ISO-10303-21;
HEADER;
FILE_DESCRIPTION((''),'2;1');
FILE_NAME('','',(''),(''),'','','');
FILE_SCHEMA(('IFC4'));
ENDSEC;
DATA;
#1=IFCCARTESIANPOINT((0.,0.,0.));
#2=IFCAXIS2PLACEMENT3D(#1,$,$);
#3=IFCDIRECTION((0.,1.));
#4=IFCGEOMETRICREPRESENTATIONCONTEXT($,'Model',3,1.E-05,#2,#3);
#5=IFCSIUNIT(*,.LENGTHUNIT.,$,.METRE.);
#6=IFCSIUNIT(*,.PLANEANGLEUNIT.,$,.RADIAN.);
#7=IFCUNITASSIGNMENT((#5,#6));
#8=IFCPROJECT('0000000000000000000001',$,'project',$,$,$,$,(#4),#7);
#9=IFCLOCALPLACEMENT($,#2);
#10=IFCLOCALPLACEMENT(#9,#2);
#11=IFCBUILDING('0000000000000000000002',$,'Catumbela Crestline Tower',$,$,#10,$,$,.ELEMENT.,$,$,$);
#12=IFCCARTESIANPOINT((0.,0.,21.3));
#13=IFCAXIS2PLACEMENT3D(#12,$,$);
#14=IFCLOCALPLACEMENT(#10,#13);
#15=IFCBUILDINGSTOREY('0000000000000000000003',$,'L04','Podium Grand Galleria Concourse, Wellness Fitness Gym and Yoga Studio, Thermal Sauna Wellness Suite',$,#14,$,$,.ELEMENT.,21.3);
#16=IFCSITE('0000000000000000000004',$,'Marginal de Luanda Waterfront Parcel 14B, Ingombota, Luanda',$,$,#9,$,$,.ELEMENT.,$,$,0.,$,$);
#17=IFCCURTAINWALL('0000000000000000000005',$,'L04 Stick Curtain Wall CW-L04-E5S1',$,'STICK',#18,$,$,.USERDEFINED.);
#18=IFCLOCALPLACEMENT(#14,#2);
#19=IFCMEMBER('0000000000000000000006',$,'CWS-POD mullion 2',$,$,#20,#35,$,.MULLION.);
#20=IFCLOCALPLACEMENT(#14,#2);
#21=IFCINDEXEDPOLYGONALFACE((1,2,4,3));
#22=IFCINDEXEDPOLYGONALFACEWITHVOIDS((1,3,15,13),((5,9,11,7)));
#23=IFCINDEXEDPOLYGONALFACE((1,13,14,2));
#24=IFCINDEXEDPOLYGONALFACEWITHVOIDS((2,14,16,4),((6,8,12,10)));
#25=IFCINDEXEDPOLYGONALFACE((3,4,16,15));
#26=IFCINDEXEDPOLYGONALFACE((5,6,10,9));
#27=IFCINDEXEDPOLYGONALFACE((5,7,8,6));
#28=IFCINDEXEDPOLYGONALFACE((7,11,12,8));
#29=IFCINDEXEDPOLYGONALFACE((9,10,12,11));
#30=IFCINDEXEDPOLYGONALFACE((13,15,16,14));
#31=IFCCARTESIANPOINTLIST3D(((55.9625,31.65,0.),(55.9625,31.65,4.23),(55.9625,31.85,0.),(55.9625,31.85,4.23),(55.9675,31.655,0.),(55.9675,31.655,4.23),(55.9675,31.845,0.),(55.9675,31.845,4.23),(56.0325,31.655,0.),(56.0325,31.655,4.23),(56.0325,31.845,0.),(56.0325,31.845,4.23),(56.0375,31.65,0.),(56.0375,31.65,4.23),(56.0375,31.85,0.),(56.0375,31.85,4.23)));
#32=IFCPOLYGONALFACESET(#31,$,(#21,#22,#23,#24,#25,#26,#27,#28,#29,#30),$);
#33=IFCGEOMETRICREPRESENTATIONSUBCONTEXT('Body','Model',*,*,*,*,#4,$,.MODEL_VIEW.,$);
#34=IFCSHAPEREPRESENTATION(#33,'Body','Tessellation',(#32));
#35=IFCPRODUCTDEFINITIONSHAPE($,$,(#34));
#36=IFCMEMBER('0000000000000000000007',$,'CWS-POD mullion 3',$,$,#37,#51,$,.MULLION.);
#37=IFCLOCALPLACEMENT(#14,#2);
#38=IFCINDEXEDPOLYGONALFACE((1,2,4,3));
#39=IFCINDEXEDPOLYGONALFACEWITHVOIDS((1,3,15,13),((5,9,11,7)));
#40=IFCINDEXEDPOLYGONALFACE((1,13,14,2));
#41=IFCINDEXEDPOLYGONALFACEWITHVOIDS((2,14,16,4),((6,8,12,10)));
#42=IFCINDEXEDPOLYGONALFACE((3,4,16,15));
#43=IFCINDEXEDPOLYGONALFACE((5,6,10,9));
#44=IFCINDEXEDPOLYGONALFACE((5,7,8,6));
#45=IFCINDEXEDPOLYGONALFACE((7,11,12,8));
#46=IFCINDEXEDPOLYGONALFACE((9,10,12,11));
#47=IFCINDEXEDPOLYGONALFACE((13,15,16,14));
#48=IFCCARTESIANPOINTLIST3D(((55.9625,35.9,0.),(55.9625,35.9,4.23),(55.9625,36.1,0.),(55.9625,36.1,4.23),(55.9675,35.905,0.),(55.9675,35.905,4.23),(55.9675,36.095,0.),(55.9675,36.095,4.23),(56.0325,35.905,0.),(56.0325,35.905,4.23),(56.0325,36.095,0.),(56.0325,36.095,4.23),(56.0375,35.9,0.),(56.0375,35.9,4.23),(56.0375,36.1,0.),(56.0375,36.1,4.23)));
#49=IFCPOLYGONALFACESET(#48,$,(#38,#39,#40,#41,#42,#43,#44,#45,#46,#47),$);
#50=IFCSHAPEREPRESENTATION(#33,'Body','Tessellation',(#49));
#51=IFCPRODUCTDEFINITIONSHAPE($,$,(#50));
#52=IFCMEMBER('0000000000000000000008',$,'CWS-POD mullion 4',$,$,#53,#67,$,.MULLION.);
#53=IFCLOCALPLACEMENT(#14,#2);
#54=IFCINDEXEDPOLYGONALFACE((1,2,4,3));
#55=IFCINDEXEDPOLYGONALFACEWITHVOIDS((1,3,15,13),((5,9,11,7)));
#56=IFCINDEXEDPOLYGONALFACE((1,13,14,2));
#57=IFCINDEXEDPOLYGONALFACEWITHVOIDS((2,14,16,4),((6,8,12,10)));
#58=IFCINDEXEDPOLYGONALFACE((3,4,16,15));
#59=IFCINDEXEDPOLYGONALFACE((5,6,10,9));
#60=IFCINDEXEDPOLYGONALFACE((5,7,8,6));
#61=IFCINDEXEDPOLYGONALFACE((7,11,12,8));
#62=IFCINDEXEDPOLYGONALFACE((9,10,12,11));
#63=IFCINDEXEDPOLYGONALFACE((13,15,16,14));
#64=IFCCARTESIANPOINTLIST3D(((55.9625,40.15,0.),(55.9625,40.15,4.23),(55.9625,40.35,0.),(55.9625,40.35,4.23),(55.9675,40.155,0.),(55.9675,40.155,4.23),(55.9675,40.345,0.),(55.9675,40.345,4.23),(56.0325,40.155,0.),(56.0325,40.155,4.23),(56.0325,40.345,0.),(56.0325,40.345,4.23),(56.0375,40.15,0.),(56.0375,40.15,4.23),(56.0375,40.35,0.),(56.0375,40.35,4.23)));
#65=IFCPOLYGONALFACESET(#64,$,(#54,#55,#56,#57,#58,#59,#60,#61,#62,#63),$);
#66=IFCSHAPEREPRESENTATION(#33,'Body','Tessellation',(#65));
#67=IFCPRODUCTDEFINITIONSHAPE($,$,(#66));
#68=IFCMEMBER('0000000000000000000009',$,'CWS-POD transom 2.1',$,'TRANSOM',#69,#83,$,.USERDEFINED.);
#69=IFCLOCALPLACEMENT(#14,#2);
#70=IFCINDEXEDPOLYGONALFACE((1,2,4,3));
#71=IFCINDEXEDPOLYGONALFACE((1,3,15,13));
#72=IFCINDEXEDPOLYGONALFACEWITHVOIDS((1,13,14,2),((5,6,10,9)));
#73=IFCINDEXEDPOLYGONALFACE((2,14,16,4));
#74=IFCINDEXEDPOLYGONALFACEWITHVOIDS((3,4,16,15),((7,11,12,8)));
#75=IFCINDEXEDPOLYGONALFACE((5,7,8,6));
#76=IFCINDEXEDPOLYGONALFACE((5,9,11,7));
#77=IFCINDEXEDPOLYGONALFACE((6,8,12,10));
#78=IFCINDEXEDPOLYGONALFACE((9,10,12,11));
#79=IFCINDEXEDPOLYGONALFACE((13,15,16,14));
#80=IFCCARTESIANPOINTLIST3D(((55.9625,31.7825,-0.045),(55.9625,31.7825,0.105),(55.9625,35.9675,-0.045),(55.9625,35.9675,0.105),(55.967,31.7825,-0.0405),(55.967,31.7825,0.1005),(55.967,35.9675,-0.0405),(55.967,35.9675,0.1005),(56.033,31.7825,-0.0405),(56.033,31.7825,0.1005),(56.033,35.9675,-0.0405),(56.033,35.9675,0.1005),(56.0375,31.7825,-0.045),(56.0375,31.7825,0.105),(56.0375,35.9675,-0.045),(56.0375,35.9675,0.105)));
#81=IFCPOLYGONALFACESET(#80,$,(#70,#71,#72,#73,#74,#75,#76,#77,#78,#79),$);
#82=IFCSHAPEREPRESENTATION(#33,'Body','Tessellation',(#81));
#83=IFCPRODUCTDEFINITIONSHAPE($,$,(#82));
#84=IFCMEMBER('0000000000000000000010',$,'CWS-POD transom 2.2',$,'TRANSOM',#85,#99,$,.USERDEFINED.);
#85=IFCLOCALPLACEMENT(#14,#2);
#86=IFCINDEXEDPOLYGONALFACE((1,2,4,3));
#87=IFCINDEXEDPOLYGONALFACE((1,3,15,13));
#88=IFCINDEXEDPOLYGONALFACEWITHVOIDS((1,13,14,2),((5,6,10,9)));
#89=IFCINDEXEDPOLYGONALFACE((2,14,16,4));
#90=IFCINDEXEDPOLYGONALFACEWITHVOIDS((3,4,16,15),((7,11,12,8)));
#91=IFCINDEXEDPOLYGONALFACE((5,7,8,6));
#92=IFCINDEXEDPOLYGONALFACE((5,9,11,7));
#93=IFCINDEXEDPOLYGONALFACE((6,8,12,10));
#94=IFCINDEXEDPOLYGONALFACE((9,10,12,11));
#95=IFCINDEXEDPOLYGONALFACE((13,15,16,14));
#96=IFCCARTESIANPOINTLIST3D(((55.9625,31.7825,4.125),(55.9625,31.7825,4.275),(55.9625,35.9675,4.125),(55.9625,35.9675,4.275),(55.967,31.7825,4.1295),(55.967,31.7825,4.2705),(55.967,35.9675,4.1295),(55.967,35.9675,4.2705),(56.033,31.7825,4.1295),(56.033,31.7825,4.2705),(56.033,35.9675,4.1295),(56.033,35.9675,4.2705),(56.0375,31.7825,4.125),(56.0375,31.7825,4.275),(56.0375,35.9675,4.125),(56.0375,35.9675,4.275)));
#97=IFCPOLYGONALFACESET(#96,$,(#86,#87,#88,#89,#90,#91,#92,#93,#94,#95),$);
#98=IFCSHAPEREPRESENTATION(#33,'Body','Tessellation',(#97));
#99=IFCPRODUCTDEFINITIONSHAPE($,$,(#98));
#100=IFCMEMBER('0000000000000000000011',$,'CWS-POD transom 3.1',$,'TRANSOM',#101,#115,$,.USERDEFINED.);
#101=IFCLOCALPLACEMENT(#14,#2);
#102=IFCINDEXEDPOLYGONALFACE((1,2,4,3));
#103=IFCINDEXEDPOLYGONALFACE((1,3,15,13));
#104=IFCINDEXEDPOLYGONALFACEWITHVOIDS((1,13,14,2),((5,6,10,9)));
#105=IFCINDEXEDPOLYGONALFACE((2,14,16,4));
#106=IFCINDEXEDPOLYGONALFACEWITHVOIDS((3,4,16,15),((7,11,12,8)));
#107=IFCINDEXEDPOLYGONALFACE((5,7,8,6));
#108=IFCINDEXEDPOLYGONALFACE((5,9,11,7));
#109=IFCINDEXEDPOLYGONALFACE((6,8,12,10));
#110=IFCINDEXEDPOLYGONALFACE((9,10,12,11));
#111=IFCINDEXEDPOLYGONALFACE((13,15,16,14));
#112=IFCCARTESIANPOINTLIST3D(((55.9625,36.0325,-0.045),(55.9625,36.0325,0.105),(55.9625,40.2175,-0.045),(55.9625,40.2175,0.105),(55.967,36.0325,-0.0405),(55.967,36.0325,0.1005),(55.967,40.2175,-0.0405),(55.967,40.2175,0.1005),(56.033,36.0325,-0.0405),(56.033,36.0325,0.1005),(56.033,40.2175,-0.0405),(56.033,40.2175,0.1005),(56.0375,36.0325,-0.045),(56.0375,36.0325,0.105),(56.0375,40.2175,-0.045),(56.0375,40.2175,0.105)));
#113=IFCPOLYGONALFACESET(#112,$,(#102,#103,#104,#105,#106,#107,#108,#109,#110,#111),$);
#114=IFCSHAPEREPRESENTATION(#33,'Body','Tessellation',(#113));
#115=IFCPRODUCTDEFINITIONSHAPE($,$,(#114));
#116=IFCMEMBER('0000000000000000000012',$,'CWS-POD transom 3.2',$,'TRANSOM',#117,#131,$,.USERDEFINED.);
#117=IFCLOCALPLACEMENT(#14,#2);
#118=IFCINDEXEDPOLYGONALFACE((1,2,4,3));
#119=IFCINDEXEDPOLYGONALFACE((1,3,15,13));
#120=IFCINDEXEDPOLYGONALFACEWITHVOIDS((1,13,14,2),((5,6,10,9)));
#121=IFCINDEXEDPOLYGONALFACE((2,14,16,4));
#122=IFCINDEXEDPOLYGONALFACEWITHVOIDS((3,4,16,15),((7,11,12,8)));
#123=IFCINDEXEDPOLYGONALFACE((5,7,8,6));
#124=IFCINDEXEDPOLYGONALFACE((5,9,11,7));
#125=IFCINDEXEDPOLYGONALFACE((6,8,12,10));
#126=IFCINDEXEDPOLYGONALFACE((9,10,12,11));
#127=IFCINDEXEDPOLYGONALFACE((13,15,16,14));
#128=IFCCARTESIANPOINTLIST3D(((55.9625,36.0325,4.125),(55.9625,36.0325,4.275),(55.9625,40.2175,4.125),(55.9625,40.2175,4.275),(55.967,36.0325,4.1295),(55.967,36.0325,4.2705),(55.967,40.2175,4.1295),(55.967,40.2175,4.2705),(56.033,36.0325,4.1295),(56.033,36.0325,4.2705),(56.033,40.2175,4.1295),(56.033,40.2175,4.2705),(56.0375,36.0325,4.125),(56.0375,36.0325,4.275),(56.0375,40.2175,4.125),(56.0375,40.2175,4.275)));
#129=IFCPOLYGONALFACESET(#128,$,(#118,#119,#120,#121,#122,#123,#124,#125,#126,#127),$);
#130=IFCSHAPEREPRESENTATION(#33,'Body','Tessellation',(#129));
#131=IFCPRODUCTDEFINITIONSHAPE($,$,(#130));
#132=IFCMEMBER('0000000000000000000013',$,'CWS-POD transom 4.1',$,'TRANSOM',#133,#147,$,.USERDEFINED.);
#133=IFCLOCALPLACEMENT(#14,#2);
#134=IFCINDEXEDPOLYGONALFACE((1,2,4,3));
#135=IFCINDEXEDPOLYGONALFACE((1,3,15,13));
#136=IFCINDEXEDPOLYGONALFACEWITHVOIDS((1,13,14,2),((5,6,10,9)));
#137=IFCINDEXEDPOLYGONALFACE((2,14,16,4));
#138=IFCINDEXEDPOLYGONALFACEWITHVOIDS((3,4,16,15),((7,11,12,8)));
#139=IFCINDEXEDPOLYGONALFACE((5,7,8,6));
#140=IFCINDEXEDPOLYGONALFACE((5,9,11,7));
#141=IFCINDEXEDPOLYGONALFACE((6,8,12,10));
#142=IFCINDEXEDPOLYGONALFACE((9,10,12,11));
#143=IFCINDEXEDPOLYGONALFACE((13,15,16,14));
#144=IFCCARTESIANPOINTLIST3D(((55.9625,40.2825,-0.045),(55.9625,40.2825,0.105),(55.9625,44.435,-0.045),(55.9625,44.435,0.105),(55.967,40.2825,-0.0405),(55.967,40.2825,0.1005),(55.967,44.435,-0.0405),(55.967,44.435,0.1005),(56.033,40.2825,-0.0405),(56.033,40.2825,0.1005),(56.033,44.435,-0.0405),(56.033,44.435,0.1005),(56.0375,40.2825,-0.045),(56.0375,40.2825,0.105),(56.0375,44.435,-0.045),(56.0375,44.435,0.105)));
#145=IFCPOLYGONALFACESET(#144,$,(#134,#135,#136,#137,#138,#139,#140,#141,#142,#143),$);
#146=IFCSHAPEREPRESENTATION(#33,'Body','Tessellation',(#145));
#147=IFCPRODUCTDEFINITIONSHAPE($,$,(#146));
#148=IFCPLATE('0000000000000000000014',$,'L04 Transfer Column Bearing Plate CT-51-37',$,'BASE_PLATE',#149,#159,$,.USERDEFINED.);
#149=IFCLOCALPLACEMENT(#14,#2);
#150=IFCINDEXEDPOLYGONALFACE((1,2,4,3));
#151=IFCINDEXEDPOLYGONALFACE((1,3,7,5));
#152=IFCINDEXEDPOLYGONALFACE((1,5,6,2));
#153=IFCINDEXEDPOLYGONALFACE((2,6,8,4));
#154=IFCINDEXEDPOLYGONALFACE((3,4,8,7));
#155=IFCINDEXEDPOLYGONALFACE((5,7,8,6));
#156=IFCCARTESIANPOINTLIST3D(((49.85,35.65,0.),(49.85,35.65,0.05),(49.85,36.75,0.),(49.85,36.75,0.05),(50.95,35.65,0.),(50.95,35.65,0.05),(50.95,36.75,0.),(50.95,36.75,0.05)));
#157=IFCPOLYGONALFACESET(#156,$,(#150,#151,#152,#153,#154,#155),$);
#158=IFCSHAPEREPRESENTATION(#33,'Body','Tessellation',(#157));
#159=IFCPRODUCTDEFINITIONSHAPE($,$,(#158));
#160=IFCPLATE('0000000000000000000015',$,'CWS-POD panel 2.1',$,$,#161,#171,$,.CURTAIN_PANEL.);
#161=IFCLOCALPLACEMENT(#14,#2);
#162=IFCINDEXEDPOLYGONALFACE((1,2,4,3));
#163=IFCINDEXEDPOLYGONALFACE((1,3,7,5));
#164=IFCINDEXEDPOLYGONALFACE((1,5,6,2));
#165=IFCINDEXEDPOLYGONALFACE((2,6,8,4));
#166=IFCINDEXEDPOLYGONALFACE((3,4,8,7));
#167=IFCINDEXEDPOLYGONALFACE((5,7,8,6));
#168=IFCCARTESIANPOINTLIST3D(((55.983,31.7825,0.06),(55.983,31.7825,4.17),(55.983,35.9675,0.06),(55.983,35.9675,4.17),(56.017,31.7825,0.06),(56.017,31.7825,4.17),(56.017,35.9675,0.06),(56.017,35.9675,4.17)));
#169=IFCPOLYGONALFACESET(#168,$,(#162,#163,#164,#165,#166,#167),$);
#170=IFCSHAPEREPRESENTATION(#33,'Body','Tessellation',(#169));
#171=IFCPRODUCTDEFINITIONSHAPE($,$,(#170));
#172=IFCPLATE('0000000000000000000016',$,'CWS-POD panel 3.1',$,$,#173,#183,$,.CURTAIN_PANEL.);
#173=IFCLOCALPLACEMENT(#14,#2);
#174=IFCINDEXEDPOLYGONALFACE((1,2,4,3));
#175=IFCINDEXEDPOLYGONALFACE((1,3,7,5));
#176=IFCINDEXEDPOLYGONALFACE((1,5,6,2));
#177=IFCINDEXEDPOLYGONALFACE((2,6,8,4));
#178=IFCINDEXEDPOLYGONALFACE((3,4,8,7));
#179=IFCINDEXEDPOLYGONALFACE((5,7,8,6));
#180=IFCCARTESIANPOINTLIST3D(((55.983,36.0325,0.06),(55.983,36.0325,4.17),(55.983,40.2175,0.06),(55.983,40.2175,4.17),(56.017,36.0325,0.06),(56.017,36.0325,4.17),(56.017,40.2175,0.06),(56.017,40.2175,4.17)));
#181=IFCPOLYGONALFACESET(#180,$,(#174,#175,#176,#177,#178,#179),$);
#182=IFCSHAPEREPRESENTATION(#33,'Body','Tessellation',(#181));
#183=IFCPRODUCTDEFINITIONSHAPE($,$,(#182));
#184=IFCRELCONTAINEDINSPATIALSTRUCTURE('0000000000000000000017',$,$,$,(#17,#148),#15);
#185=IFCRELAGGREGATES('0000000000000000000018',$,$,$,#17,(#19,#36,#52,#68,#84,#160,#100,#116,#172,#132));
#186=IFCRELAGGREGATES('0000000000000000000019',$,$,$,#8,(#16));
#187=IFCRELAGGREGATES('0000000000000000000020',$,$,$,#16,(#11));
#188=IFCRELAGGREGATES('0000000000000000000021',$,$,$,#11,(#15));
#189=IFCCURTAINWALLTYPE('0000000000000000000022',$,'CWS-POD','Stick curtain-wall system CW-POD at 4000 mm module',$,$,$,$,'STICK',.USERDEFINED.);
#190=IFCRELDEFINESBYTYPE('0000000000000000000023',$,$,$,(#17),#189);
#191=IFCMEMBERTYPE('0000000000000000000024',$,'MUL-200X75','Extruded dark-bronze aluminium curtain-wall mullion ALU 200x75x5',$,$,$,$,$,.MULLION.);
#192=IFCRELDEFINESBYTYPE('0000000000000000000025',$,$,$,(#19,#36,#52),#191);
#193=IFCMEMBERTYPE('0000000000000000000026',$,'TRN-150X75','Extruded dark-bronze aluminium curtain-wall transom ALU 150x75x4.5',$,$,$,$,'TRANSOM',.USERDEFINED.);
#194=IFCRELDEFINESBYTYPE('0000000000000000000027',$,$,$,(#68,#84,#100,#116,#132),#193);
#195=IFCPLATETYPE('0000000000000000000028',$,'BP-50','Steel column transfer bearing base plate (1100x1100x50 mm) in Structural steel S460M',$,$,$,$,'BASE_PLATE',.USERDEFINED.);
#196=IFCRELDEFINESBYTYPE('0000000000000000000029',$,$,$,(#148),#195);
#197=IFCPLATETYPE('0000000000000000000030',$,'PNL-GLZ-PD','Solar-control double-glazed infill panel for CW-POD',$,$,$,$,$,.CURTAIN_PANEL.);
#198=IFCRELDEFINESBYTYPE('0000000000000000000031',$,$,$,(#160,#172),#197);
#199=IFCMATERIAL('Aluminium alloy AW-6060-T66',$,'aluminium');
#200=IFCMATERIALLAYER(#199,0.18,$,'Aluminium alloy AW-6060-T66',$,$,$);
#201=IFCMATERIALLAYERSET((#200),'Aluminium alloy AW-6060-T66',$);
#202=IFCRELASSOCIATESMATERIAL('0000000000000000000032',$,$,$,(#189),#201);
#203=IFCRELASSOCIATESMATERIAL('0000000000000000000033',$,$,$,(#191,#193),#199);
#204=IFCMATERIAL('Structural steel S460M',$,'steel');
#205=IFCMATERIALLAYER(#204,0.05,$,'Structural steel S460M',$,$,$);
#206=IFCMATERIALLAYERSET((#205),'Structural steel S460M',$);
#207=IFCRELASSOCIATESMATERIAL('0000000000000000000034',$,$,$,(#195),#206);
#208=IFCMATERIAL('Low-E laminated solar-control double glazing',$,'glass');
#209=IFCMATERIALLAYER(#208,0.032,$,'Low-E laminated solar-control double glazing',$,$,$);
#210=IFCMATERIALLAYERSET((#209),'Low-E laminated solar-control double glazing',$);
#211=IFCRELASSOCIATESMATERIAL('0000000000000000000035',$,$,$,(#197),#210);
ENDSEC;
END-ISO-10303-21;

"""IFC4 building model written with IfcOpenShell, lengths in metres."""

from ifc_helpers import new_model, si_unit, direction, frame, origin, origin_2d, place, context, subcontext, project, spatial, rectangle, hollow_rectangle, extrude, material, layer, layer_set, material_profile, profile_set, type_object, element, aggregate, save


model = new_model("IFC4")

# Units and contexts
model_context = context("Model", 3, precision=1e-05, world=origin(), true_north=direction((0.0, 1.0)))
body_context = subcontext(model_context, "Body", "Model", "MODEL_VIEW")
ifc_project = project(units=[si_unit("LENGTHUNIT", "METRE"), si_unit("PLANEANGLEUNIT", "RADIAN")], contexts=[model_context])

# Site, building, storey
site_placement = place(None, origin())
site = spatial("IfcSite", under=ifc_project, at=site_placement, Name="Marginal de Luanda Waterfront Parcel 14B, Ingombota, Luanda", CompositionType="ELEMENT", RefElevation=0.0)
building_placement = place(site_placement, origin())
building = spatial("IfcBuilding", under=site, at=building_placement, Name="Catumbela Crestline Tower", CompositionType="ELEMENT")
storey_placement = place(building_placement, frame((0.0, 0.0, 21.3)))
storey = spatial("IfcBuildingStorey", under=building, at=storey_placement, Name="L04", Description="Podium Grand Galleria Concourse, Wellness Fitness Gym and Yoga Studio, Thermal Sauna Wellness Suite", CompositionType="ELEMENT", Elevation=21.3)

# Shared definitions
ifc_material_1 = material(Name="Structural steel S460M", Category="steel")

# Curtain wall, members
ifc_material_2 = material(Name="Aluminium alloy AW-6060-T66", Category="aluminium")
ifc_layer_1 = layer(ifc_material_2, 0.18, Name="Aluminium alloy AW-6060-T66")
ifc_layer_set_1 = layer_set([ifc_layer_1], Name="Aluminium alloy AW-6060-T66")
curtain_wall_type = type_object("IfcCurtainWallType", Name="CWS-POD", Description="Stick curtain-wall system CW-POD at 4000 mm module", ElementType="STICK", PredefinedType="USERDEFINED", material=ifc_layer_set_1)
curtain_wall_placement = place(storey_placement, origin())
curtain_wall = element("IfcCurtainWall", 1, at=curtain_wall_placement, inside=storey, type_object=curtain_wall_type, Name="L04 Stick Curtain Wall CW-L04-E5S1", ObjectType="STICK", PredefinedType="USERDEFINED")
ifc_material_profile_1 = material_profile(ifc_material_2, hollow_rectangle(XDim=0.075, YDim=0.2, WallThickness=0.005, at=origin_2d()), Name="ALU 200x75x5")
ifc_profile_set_1 = profile_set([ifc_material_profile_1], Name="Aluminium alloy AW-6060-T66")
member_type_1 = type_object("IfcMemberType", Name="MUL-200X75", Description="Extruded dark-bronze aluminium curtain-wall mullion ALU 200x75x5", PredefinedType="MULLION", material=ifc_profile_set_1)
member_1_placement = place(storey_placement, frame((56.0, 31.75, 0.0), z_axis=(0.0, 0.0, 1.0), x_axis=(-1.0, 0.0, 0.0)))
member_1 = element("IfcMember", 2, at=member_1_placement, type_object=member_type_1, Name="CWS-POD mullion 2", PredefinedType="MULLION", context=body_context, shape_type="SweptSolid", body=[
    extrude(hollow_rectangle(XDim=0.075, YDim=0.2, WallThickness=0.005, at=origin_2d()), origin(), (0.0, 0.0, 1.0), 4.23),
])
member_2_placement = place(storey_placement, frame((56.0, 36.0, 0.0), z_axis=(0.0, 0.0, 1.0), x_axis=(-1.0, 0.0, 0.0)))
member_2 = element("IfcMember", 3, at=member_2_placement, type_object=member_type_1, Name="CWS-POD mullion 3", PredefinedType="MULLION", context=body_context, shape_type="SweptSolid", body=[
    extrude(hollow_rectangle(XDim=0.075, YDim=0.2, WallThickness=0.005, at=origin_2d()), origin(), (0.0, 0.0, 1.0), 4.23),
])
member_3_placement = place(storey_placement, frame((56.0, 40.25, 0.0), z_axis=(0.0, 0.0, 1.0), x_axis=(-1.0, 0.0, 0.0)))
member_3 = element("IfcMember", 4, at=member_3_placement, type_object=member_type_1, Name="CWS-POD mullion 4", PredefinedType="MULLION", context=body_context, shape_type="SweptSolid", body=[
    extrude(hollow_rectangle(XDim=0.075, YDim=0.2, WallThickness=0.005, at=origin_2d()), origin(), (0.0, 0.0, 1.0), 4.23),
])
ifc_material_profile_2 = material_profile(ifc_material_2, hollow_rectangle(XDim=0.075, YDim=0.15, WallThickness=0.0045, at=origin_2d()), Name="ALU 150x75x4.5")
ifc_profile_set_2 = profile_set([ifc_material_profile_2], Name="Aluminium alloy AW-6060-T66")
member_type_2 = type_object("IfcMemberType", Name="TRN-150X75", Description="Extruded dark-bronze aluminium curtain-wall transom ALU 150x75x4.5", ElementType="TRANSOM", PredefinedType="USERDEFINED", material=ifc_profile_set_2)
member_4_placement = place(storey_placement, frame((56.0, 31.7825, 0.03), z_axis=(0.0, 1.0, 0.0), x_axis=(-1.0, 0.0, 0.0)))
member_4 = element("IfcMember", 5, at=member_4_placement, type_object=member_type_2, Name="CWS-POD transom 2.1", ObjectType="TRANSOM", PredefinedType="USERDEFINED", context=body_context, shape_type="SweptSolid", body=[
    extrude(hollow_rectangle(XDim=0.075, YDim=0.15, WallThickness=0.0045, at=origin_2d()), origin(), (0.0, 0.0, 1.0), 4.185),
])
member_5_placement = place(storey_placement, frame((56.0, 31.7825, 4.2), z_axis=(0.0, 1.0, 0.0), x_axis=(-1.0, 0.0, 0.0)))
member_5 = element("IfcMember", 6, at=member_5_placement, type_object=member_type_2, Name="CWS-POD transom 2.2", ObjectType="TRANSOM", PredefinedType="USERDEFINED", context=body_context, shape_type="SweptSolid", body=[
    extrude(hollow_rectangle(XDim=0.075, YDim=0.15, WallThickness=0.0045, at=origin_2d()), origin(), (0.0, 0.0, 1.0), 4.185),
])
member_6_placement = place(storey_placement, frame((56.0, 36.0325, 0.03), z_axis=(0.0, 1.0, 0.0), x_axis=(-1.0, 0.0, 0.0)))
member_6 = element("IfcMember", 7, at=member_6_placement, type_object=member_type_2, Name="CWS-POD transom 3.1", ObjectType="TRANSOM", PredefinedType="USERDEFINED", context=body_context, shape_type="SweptSolid", body=[
    extrude(hollow_rectangle(XDim=0.075, YDim=0.15, WallThickness=0.0045, at=origin_2d()), origin(), (0.0, 0.0, 1.0), 4.185),
])
member_7_placement = place(storey_placement, frame((56.0, 36.0325, 4.2), z_axis=(0.0, 1.0, 0.0), x_axis=(-1.0, 0.0, 0.0)))
member_7 = element("IfcMember", 8, at=member_7_placement, type_object=member_type_2, Name="CWS-POD transom 3.2", ObjectType="TRANSOM", PredefinedType="USERDEFINED", context=body_context, shape_type="SweptSolid", body=[
    extrude(hollow_rectangle(XDim=0.075, YDim=0.15, WallThickness=0.0045, at=origin_2d()), origin(), (0.0, 0.0, 1.0), 4.185),
])
member_8_placement = place(storey_placement, frame((56.0, 40.2825, 0.03), z_axis=(0.0, 1.0, 0.0), x_axis=(-1.0, 0.0, 0.0)))
member_8 = element("IfcMember", 9, at=member_8_placement, type_object=member_type_2, Name="CWS-POD transom 4.1", ObjectType="TRANSOM", PredefinedType="USERDEFINED", context=body_context, shape_type="SweptSolid", body=[
    extrude(hollow_rectangle(XDim=0.075, YDim=0.15, WallThickness=0.0045, at=origin_2d()), origin(), (0.0, 0.0, 1.0), 4.1525),
])

# Plates
ifc_layer_2 = layer(ifc_material_1, 0.05, Name="Structural steel S460M")
ifc_layer_set_2 = layer_set([ifc_layer_2], Name="Structural steel S460M")
plate_type_1 = type_object("IfcPlateType", Name="BP-50", Description="Steel column transfer bearing base plate (1100x1100x50 mm) in Structural steel S460M", ElementType="BASE_PLATE", PredefinedType="USERDEFINED", material=ifc_layer_set_2)
plate_1_placement = place(storey_placement, frame((50.4, 36.2, 0.0), z_axis=(0.0, 0.0, 1.0), x_axis=(1.0, 0.0, 0.0)))
element("IfcPlate", 10, at=plate_1_placement, inside=storey, type_object=plate_type_1, Name="L04 Transfer Column Bearing Plate CT-51-37", ObjectType="BASE_PLATE", PredefinedType="USERDEFINED", context=body_context, shape_type="SweptSolid", body=[
    extrude(rectangle(XDim=1.1, YDim=1.1, at=origin_2d()), origin(), (0.0, 0.0, 1.0), 0.05),
])
ifc_material_3 = material(Name="Low-E laminated solar-control double glazing", Category="glass")
ifc_layer_3 = layer(ifc_material_3, 0.032, Name="Low-E laminated solar-control double glazing")
ifc_layer_set_3 = layer_set([ifc_layer_3], Name="Low-E laminated solar-control double glazing")
plate_type_2 = type_object("IfcPlateType", Name="PNL-GLZ-PD", Description="Solar-control double-glazed infill panel for CW-POD", PredefinedType="CURTAIN_PANEL", material=ifc_layer_set_3)
plate_2_placement = place(storey_placement, frame((56.0, 33.875, 0.06), z_axis=(0.0, 0.0, 1.0), x_axis=(0.0, 1.0, 0.0)))
plate_2 = element("IfcPlate", 11, at=plate_2_placement, type_object=plate_type_2, Name="CWS-POD panel 2.1", PredefinedType="CURTAIN_PANEL", context=body_context, shape_type="SweptSolid", body=[
    extrude(rectangle(XDim=4.185, YDim=0.034, at=origin_2d()), origin(), (0.0, 0.0, 1.0), 4.11),
])
plate_3_placement = place(storey_placement, frame((56.0, 38.125, 0.06), z_axis=(0.0, 0.0, 1.0), x_axis=(0.0, 1.0, 0.0)))
plate_3 = element("IfcPlate", 12, at=plate_3_placement, type_object=plate_type_2, Name="CWS-POD panel 3.1", PredefinedType="CURTAIN_PANEL", context=body_context, shape_type="SweptSolid", body=[
    extrude(rectangle(XDim=4.185, YDim=0.034, at=origin_2d()), origin(), (0.0, 0.0, 1.0), 4.11),
])
aggregate(curtain_wall, [member_1, member_2, member_3, member_4, member_5, plate_2, member_6, member_7, plate_3, member_8])

save(model, "model.ifc")
